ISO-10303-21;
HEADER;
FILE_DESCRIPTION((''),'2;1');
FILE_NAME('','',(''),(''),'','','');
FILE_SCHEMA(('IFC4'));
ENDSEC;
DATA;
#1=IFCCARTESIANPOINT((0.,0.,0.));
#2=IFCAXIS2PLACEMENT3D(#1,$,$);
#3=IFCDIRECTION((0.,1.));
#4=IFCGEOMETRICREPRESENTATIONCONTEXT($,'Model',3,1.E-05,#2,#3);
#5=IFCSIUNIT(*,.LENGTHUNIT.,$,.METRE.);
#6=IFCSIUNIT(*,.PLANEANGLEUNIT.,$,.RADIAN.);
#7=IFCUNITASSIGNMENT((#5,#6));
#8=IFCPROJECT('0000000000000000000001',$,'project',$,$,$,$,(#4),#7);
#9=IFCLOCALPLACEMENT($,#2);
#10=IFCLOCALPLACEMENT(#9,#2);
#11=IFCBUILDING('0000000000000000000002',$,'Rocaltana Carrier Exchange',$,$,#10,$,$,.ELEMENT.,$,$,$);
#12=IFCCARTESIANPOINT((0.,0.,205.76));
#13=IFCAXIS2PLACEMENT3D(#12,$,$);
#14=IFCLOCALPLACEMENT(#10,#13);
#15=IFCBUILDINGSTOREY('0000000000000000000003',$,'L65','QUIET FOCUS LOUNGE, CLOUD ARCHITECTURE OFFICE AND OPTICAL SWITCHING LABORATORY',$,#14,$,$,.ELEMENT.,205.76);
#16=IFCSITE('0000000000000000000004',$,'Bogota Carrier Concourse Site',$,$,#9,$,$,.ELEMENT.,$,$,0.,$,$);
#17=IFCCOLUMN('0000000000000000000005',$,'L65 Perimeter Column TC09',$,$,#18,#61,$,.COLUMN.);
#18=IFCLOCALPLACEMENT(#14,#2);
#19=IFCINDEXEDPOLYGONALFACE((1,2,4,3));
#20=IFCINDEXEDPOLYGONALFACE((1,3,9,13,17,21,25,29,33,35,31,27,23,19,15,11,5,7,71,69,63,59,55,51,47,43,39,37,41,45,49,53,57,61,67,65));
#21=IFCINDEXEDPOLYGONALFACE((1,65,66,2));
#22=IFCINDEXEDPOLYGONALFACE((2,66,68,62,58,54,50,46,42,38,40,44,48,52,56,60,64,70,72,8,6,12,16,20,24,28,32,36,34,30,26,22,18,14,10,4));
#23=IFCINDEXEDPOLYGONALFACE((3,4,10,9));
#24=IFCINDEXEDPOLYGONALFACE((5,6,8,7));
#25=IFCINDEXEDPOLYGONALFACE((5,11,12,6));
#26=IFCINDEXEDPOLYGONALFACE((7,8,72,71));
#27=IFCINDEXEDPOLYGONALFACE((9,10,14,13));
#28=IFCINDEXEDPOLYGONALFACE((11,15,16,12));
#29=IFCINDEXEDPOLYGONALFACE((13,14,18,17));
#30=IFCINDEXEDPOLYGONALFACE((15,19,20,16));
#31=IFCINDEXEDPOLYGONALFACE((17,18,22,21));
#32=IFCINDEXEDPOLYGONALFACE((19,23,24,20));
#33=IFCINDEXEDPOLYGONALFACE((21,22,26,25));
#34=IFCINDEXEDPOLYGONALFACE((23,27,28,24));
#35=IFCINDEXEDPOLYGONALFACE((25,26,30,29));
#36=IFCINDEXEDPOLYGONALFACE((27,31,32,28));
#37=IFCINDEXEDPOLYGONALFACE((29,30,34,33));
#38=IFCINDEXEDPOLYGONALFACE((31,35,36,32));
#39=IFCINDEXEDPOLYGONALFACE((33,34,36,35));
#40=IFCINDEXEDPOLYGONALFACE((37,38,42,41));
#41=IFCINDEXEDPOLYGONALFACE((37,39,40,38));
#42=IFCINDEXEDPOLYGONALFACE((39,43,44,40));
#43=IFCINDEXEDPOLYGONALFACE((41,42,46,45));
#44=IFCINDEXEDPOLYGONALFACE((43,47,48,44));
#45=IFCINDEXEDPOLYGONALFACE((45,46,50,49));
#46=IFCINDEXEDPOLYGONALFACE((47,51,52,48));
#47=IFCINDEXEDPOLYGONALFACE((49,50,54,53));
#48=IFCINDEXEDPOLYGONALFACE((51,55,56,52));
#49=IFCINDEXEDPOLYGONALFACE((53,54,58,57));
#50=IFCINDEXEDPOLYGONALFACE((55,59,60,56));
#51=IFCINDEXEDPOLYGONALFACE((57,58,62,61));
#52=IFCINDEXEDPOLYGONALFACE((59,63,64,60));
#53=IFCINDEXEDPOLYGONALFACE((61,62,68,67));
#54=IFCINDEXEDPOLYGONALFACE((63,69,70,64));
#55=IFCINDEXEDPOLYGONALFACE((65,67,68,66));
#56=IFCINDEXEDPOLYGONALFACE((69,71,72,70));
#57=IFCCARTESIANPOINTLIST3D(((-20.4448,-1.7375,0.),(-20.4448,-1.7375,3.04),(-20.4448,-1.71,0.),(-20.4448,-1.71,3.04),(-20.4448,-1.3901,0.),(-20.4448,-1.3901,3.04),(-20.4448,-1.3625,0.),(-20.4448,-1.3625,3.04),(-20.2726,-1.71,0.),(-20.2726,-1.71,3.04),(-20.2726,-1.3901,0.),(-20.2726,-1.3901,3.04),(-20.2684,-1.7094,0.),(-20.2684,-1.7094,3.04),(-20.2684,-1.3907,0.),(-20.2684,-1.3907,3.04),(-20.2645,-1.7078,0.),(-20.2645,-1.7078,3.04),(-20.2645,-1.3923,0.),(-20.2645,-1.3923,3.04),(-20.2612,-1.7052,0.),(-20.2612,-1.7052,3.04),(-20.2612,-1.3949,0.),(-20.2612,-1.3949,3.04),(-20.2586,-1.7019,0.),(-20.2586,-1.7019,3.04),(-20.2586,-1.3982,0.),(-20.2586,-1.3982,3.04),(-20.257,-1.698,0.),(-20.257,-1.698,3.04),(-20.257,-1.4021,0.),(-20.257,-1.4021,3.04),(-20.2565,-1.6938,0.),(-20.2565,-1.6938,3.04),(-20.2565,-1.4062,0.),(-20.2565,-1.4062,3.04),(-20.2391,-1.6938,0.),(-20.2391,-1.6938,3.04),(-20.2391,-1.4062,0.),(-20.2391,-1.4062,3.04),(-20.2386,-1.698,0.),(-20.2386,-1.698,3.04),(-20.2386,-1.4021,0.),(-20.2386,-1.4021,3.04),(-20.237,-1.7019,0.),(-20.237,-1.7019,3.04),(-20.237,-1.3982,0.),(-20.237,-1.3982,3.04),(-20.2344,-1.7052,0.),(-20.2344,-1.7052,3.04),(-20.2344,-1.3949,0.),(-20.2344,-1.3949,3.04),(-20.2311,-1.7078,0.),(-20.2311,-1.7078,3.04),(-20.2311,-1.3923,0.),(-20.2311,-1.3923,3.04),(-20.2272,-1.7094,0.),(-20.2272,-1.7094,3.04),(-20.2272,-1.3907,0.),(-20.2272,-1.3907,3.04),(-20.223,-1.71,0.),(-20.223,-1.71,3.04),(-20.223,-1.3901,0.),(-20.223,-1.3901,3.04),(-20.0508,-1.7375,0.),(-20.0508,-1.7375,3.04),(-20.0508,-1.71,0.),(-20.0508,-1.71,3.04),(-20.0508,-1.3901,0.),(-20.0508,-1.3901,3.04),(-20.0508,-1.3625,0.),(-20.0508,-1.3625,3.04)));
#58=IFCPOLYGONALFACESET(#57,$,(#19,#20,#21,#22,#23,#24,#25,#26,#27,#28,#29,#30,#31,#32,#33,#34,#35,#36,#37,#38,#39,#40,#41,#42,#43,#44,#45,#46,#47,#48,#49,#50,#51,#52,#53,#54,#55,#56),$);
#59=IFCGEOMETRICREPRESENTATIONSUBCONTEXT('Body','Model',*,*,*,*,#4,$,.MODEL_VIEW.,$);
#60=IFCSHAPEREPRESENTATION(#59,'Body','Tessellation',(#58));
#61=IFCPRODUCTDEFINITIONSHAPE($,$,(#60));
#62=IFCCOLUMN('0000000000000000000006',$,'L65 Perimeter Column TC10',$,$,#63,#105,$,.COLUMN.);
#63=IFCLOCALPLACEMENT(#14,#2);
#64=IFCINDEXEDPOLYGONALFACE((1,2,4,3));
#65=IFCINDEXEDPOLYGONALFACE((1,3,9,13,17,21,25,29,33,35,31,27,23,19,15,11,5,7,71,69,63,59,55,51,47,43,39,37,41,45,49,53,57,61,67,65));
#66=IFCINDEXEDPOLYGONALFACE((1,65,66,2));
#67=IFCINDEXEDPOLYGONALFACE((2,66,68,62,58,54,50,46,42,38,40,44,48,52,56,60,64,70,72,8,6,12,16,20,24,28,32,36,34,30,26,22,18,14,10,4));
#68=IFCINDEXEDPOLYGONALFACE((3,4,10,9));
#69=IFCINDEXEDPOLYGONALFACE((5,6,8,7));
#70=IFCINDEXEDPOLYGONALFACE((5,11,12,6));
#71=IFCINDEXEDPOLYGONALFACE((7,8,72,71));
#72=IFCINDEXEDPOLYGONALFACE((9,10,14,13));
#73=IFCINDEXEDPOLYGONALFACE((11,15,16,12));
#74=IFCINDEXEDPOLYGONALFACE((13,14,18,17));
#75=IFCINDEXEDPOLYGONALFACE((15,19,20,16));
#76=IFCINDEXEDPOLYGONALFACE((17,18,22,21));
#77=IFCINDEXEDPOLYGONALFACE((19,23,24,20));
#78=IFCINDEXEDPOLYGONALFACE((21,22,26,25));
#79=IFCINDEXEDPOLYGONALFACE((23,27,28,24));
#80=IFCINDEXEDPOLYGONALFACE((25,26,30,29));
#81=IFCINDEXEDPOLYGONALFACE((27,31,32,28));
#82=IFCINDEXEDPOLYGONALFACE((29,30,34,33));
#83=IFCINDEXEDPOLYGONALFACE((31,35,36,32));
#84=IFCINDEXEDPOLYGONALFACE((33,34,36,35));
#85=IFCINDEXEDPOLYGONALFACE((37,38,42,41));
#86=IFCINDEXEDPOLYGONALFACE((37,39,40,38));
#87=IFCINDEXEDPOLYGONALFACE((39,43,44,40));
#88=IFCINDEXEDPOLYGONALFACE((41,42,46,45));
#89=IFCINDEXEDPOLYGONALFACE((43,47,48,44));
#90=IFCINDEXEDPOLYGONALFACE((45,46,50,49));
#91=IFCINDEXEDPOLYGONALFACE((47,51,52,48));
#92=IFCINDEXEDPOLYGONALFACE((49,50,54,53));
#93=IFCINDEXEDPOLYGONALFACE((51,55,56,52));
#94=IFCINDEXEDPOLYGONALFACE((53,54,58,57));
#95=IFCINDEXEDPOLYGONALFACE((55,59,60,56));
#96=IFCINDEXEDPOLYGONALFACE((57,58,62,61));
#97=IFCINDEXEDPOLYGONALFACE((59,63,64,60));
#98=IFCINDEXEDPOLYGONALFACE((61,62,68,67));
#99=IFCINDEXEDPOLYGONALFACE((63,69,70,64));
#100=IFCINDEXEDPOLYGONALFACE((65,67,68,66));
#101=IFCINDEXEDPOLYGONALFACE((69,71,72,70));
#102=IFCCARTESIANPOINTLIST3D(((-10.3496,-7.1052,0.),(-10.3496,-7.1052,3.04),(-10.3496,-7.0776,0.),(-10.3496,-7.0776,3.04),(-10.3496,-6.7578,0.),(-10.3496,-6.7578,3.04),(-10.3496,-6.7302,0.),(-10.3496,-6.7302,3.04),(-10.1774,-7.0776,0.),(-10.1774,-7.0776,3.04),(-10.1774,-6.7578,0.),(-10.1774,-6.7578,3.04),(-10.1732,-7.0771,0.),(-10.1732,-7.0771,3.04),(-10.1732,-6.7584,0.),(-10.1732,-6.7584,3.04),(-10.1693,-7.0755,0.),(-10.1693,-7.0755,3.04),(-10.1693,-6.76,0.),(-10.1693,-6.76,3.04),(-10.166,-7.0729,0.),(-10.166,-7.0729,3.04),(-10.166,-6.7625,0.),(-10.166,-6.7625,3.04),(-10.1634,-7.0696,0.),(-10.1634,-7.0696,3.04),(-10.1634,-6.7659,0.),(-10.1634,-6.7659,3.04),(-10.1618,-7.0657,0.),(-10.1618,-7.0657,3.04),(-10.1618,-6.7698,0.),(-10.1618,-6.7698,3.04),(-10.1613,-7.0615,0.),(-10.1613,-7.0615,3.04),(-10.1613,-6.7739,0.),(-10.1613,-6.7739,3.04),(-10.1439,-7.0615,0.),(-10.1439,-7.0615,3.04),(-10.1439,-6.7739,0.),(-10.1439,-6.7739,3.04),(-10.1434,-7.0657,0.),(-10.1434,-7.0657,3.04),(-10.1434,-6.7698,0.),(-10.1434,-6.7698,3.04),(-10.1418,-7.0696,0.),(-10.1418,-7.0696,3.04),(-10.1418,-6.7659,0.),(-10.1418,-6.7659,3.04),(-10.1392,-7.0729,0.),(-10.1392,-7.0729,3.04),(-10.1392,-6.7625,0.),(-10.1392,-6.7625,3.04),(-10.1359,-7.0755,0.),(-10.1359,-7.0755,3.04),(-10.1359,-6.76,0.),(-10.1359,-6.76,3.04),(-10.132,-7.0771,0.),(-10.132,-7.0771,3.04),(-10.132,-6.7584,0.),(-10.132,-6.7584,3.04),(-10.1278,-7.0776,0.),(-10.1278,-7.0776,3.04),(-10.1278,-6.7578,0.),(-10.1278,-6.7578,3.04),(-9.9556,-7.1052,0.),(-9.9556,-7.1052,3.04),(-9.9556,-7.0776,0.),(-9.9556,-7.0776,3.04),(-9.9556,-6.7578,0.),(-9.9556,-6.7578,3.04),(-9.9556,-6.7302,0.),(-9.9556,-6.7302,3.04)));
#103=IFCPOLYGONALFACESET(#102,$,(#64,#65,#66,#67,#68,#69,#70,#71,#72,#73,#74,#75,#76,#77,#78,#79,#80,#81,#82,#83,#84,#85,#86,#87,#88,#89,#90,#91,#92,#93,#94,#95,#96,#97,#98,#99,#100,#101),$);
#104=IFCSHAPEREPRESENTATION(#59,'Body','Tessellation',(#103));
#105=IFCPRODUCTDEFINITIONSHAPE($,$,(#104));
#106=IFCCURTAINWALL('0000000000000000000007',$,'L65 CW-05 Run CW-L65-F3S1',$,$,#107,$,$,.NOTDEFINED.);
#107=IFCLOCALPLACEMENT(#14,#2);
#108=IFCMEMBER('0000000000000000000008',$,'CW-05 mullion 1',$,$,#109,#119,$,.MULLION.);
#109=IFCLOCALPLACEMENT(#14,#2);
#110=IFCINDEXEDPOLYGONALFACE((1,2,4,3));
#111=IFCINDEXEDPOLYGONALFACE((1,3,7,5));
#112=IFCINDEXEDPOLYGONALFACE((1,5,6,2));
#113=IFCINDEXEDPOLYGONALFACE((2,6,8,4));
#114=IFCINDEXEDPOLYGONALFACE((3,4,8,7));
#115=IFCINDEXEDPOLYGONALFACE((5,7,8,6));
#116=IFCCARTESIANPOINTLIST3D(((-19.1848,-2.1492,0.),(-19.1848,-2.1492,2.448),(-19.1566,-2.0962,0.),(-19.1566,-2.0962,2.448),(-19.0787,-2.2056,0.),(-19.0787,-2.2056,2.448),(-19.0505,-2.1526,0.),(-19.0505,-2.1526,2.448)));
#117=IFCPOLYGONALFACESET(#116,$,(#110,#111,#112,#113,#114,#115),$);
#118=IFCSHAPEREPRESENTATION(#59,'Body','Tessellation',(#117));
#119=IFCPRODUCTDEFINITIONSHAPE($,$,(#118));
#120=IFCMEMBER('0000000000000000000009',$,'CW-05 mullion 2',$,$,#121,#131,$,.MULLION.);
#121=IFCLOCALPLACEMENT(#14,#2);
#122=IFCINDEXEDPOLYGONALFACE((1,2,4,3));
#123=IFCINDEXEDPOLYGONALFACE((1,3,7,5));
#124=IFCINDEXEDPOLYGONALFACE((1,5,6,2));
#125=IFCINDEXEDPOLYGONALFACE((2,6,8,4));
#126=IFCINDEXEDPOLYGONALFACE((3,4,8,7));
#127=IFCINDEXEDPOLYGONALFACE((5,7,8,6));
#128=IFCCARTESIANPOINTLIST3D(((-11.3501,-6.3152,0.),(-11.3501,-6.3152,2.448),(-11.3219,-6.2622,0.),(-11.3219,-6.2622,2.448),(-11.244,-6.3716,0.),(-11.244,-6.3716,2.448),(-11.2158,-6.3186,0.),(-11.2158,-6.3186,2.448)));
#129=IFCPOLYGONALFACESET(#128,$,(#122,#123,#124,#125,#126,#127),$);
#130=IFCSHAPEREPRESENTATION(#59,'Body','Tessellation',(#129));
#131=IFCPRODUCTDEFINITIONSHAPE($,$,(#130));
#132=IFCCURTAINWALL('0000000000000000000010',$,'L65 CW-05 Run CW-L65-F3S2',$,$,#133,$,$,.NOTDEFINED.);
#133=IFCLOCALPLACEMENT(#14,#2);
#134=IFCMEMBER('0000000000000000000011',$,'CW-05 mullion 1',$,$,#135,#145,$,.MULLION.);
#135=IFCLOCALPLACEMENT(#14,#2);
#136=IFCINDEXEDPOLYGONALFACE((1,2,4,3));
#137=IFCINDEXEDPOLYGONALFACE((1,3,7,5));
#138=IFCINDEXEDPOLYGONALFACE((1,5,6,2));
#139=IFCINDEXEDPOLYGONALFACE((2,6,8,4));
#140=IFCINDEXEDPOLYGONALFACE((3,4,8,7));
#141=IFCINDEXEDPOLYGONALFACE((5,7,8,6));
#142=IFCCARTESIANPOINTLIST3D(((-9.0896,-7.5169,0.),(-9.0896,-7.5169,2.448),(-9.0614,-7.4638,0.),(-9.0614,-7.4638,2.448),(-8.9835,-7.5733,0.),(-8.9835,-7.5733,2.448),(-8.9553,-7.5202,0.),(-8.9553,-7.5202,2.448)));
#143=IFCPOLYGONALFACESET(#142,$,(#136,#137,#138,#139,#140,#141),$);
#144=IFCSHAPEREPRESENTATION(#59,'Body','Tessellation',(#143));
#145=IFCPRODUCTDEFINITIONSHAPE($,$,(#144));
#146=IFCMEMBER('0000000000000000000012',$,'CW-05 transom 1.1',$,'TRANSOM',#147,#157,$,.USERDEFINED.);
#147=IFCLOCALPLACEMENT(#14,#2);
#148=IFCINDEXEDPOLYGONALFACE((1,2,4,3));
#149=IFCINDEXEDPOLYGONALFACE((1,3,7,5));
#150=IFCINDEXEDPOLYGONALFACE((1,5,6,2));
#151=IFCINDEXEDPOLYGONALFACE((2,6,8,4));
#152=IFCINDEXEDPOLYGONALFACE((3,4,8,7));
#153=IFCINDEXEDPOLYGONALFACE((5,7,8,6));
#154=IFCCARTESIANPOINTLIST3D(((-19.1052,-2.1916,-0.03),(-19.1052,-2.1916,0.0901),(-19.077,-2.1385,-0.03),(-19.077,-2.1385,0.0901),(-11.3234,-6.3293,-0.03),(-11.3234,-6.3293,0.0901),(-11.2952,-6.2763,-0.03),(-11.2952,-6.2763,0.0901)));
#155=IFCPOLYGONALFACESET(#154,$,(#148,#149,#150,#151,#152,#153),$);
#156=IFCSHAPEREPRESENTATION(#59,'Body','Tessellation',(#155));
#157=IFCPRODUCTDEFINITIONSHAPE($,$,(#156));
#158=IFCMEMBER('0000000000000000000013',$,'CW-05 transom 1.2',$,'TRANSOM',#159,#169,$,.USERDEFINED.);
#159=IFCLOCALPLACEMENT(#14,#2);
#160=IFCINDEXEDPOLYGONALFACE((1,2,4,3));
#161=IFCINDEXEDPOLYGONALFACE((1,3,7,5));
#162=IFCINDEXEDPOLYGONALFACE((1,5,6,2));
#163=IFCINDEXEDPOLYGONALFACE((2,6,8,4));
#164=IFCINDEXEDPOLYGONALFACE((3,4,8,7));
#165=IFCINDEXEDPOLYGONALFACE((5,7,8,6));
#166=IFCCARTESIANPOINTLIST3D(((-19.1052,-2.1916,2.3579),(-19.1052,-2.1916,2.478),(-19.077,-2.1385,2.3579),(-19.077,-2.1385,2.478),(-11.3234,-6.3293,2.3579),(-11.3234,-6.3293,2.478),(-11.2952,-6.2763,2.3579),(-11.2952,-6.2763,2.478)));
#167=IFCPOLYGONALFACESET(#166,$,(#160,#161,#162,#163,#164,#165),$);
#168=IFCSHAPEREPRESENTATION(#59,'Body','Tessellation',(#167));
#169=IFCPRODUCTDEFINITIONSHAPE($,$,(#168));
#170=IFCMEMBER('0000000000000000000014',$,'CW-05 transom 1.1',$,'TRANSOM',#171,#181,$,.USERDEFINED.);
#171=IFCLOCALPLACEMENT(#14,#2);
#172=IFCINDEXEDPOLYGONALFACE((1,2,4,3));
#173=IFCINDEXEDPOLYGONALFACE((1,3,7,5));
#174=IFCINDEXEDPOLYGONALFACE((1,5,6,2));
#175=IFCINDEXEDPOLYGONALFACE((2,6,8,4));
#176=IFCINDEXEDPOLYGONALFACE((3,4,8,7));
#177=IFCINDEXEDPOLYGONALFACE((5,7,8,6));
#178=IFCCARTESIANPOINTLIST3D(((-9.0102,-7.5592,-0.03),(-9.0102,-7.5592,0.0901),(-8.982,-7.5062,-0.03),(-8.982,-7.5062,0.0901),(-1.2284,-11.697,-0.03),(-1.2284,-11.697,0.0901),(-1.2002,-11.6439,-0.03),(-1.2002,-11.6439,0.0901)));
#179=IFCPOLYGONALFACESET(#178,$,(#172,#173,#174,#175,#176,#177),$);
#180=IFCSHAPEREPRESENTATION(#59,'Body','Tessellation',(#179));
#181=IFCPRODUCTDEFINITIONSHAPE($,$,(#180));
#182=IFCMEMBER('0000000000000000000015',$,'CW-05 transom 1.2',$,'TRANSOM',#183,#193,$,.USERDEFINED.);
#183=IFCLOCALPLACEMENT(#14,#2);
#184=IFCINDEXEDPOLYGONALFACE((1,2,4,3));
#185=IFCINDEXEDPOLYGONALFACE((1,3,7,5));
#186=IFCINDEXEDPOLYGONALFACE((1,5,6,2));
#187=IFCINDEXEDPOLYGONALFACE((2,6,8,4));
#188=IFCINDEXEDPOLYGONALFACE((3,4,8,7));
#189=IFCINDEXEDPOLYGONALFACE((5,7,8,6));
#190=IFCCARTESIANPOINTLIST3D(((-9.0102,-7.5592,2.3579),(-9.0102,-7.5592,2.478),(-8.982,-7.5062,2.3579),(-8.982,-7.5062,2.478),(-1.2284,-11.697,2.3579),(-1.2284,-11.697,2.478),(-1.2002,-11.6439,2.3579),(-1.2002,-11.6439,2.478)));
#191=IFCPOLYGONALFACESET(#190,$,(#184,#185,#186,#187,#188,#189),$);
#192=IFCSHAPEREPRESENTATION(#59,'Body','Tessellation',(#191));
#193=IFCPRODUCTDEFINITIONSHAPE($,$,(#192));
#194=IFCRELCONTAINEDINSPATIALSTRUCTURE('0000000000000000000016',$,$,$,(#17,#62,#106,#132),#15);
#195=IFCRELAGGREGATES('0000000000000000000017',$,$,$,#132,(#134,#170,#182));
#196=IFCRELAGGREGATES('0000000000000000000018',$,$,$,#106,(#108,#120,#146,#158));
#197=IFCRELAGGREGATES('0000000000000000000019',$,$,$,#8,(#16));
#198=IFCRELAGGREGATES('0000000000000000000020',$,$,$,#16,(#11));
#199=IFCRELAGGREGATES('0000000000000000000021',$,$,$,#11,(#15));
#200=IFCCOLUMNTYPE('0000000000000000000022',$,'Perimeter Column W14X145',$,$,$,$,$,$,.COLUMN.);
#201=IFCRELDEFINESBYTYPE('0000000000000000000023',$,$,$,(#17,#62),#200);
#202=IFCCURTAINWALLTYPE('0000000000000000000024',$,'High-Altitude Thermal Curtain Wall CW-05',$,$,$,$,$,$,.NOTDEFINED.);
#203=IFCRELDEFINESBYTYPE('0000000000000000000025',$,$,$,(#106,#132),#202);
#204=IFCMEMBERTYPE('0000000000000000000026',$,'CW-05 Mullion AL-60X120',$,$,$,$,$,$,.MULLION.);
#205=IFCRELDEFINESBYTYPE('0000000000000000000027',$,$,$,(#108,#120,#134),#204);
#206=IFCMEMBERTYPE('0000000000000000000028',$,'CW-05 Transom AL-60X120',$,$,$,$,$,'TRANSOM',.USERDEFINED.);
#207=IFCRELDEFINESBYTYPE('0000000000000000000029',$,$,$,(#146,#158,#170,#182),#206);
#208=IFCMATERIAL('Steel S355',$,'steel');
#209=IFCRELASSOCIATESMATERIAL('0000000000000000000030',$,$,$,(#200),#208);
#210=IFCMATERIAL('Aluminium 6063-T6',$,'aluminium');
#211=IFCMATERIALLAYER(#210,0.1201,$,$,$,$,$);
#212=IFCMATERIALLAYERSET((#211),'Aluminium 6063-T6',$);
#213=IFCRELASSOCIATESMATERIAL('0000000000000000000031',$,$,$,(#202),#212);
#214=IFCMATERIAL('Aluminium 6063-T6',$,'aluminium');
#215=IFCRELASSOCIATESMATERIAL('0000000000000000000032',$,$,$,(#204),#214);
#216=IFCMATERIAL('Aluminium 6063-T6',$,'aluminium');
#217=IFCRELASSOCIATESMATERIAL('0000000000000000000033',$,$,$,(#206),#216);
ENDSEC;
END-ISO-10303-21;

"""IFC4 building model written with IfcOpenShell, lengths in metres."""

from ifc_helpers import new_model, si_unit, direction, frame, origin, origin_2d, place, context, subcontext, project, spatial, rectangle, i_section, extrude, material, layer, layer_set, material_profile, profile_set, type_object, element, aggregate, save


model = new_model("IFC4")

# Units and contexts
model_context = context("Model", 3, precision=1e-05, world=origin(), true_north=direction((0.0, 1.0)))
body_context = subcontext(model_context, "Body", "Model", "MODEL_VIEW")
ifc_project = project(units=[si_unit("LENGTHUNIT", "METRE"), si_unit("PLANEANGLEUNIT", "RADIAN")], contexts=[model_context])

# Site, building, storey
site_placement = place(None, origin())
site = spatial("IfcSite", under=ifc_project, at=site_placement, Name="Bogota Carrier Concourse Site", CompositionType="ELEMENT", RefElevation=0.0)
building_placement = place(site_placement, origin())
building = spatial("IfcBuilding", under=site, at=building_placement, Name="Rocaltana Carrier Exchange", CompositionType="ELEMENT")
storey_placement = place(building_placement, frame((0.0, 0.0, 205.76)))
storey = spatial("IfcBuildingStorey", under=building, at=storey_placement, Name="L65", Description="QUIET FOCUS LOUNGE, CLOUD ARCHITECTURE OFFICE AND OPTICAL SWITCHING LABORATORY", CompositionType="ELEMENT", Elevation=205.76)

# Columns
ifc_material_1 = material(Name="Steel S355", Category="steel")
ifc_material_profile_1 = material_profile(ifc_material_1, i_section(OverallWidth=0.394, OverallDepth=0.375, WebThickness=0.0173, FlangeThickness=0.0276, FilletRadius=0.0161, at=origin_2d()), Name="W14X145")
ifc_profile_set_1 = profile_set([ifc_material_profile_1], Name="Steel S355")
column_type = type_object("IfcColumnType", Name="Perimeter Column W14X145", PredefinedType="COLUMN", material=ifc_profile_set_1)
for number, where, z_axis, x_axis, name in (
    (1, (-20.2478, -1.55, 0.0), (0.0, 0.0, 1.0), (1.0, 0.0, 0.0), "L65 Perimeter Column TC09"),
    (2, (-10.1526, -6.9177, 0.0), (0.0, 0.0, 1.0), (1.0, 0.0, 0.0), "L65 Perimeter Column TC10"),
):
    element("IfcColumn", number, at=place(storey_placement, frame(where, z_axis=z_axis, x_axis=x_axis)), inside=storey, type_object=column_type, Name=name, PredefinedType="COLUMN", context=body_context, shape_type="SweptSolid", body=[
        extrude(i_section(OverallWidth=0.394, OverallDepth=0.375, WebThickness=0.0173, FlangeThickness=0.0276, FilletRadius=0.0161, at=origin_2d()), origin(), (0.0, 0.0, 1.0), 3.04),
    ])

# Curtain wall, members
ifc_material_2 = material(Name="Aluminium 6063-T6", Category="aluminium")
ifc_layer_1 = layer(ifc_material_2, 0.1201)
ifc_layer_set_1 = layer_set([ifc_layer_1], Name="Aluminium 6063-T6")
curtain_wall_type = type_object("IfcCurtainWallType", Name="High-Altitude Thermal Curtain Wall CW-05", PredefinedType="NOTDEFINED", material=ifc_layer_set_1)
curtain_wall_1_placement = place(storey_placement, origin())
curtain_wall_1 = element("IfcCurtainWall", 3, at=curtain_wall_1_placement, inside=storey, type_object=curtain_wall_type, Name="L65 CW-05 Run CW-L65-F3S1", PredefinedType="NOTDEFINED")
ifc_material_3 = material(Name="Aluminium 6063-T6", Category="aluminium")
ifc_material_profile_2 = material_profile(ifc_material_3, rectangle(XDim=0.0601, YDim=0.1201, at=origin_2d()), Name="AL-60X120")
ifc_profile_set_2 = profile_set([ifc_material_profile_2], Name="Aluminium 6063-T6")
member_type_1 = type_object("IfcMemberType", Name="CW-05 Mullion AL-60X120", PredefinedType="MULLION", material=ifc_profile_set_2)
member_1_placement = place(storey_placement, frame((-19.1177, -2.1509, 0.0), z_axis=(0.0, 0.0, 1.0), x_axis=(0.469483, 0.882941, 0.0)))
member_1 = element("IfcMember", 4, at=member_1_placement, type_object=member_type_1, Name="CW-05 mullion 1", PredefinedType="MULLION", context=body_context, shape_type="SweptSolid", body=[
    extrude(rectangle(XDim=0.0601, YDim=0.1201, at=origin_2d()), origin(), (0.0, 0.0, 1.0), 2.448),
])
member_2_placement = place(storey_placement, frame((-11.283, -6.3169, 0.0), z_axis=(0.0, 0.0, 1.0), x_axis=(0.469483, 0.882941, 0.0)))
member_2 = element("IfcMember", 5, at=member_2_placement, type_object=member_type_1, Name="CW-05 mullion 2", PredefinedType="MULLION", context=body_context, shape_type="SweptSolid", body=[
    extrude(rectangle(XDim=0.0601, YDim=0.1201, at=origin_2d()), origin(), (0.0, 0.0, 1.0), 2.448),
])

# Curtain wall, member
curtain_wall_2_placement = place(storey_placement, origin())
curtain_wall_2 = element("IfcCurtainWall", 6, at=curtain_wall_2_placement, inside=storey, type_object=curtain_wall_type, Name="L65 CW-05 Run CW-L65-F3S2", PredefinedType="NOTDEFINED")
member_3_placement = place(storey_placement, frame((-9.0225, -7.5186, 0.0), z_axis=(0.0, 0.0, 1.0), x_axis=(0.469479, 0.882943, 0.0)))
member_3 = element("IfcMember", 7, at=member_3_placement, type_object=member_type_1, Name="CW-05 mullion 1", PredefinedType="MULLION", context=body_context, shape_type="SweptSolid", body=[
    extrude(rectangle(XDim=0.0601, YDim=0.1201, at=origin_2d()), origin(), (0.0, 0.0, 1.0), 2.448),
])

# Members
ifc_material_4 = material(Name="Aluminium 6063-T6", Category="aluminium")
ifc_material_profile_3 = material_profile(ifc_material_4, rectangle(XDim=0.0601, YDim=0.1201, at=origin_2d()), Name="AL-60X120")
ifc_profile_set_3 = profile_set([ifc_material_profile_3], Name="Aluminium 6063-T6")
member_type_2 = type_object("IfcMemberType", Name="CW-05 Transom AL-60X120", ElementType="TRANSOM", PredefinedType="USERDEFINED", material=ifc_profile_set_3)
member_4_placement = place(storey_placement, frame((-19.0911, -2.165, 0.03), z_axis=(0.882944, -0.469478, 0.0), x_axis=(0.469478, 0.882944, 0.0)))
member_4 = element("IfcMember", 8, at=member_4_placement, type_object=member_type_2, Name="CW-05 transom 1.1", ObjectType="TRANSOM", PredefinedType="USERDEFINED", context=body_context, shape_type="SweptSolid", body=[
    extrude(rectangle(XDim=0.0601, YDim=0.1201, at=origin_2d()), origin(), (0.0, 0.0, 1.0), 8.8135),
])
member_5_placement = place(storey_placement, frame((-19.0911, -2.165, 2.418), z_axis=(0.882944, -0.469478, 0.0), x_axis=(0.469478, 0.882944, 0.0)))
member_5 = element("IfcMember", 9, at=member_5_placement, type_object=member_type_2, Name="CW-05 transom 1.2", ObjectType="TRANSOM", PredefinedType="USERDEFINED", context=body_context, shape_type="SweptSolid", body=[
    extrude(rectangle(XDim=0.0601, YDim=0.1201, at=origin_2d()), origin(), (0.0, 0.0, 1.0), 8.8135),
])
member_6_placement = place(storey_placement, frame((-8.9961, -7.5327, 0.03), z_axis=(0.882944, -0.469478, 0.0), x_axis=(0.469478, 0.882944, 0.0)))
member_6 = element("IfcMember", 10, at=member_6_placement, type_object=member_type_2, Name="CW-05 transom 1.1", ObjectType="TRANSOM", PredefinedType="USERDEFINED", context=body_context, shape_type="SweptSolid", body=[
    extrude(rectangle(XDim=0.0601, YDim=0.1201, at=origin_2d()), origin(), (0.0, 0.0, 1.0), 8.8135),
])
member_7_placement = place(storey_placement, frame((-8.9961, -7.5327, 2.418), z_axis=(0.882944, -0.469478, 0.0), x_axis=(0.469478, 0.882944, 0.0)))
member_7 = element("IfcMember", 11, at=member_7_placement, type_object=member_type_2, Name="CW-05 transom 1.2", ObjectType="TRANSOM", PredefinedType="USERDEFINED", context=body_context, shape_type="SweptSolid", body=[
    extrude(rectangle(XDim=0.0601, YDim=0.1201, at=origin_2d()), origin(), (0.0, 0.0, 1.0), 8.8135),
])
aggregate(curtain_wall_2, [member_3, member_6, member_7])

aggregate(curtain_wall_1, [member_1, member_2, member_4, member_5])

save(model, "model.ifc")
